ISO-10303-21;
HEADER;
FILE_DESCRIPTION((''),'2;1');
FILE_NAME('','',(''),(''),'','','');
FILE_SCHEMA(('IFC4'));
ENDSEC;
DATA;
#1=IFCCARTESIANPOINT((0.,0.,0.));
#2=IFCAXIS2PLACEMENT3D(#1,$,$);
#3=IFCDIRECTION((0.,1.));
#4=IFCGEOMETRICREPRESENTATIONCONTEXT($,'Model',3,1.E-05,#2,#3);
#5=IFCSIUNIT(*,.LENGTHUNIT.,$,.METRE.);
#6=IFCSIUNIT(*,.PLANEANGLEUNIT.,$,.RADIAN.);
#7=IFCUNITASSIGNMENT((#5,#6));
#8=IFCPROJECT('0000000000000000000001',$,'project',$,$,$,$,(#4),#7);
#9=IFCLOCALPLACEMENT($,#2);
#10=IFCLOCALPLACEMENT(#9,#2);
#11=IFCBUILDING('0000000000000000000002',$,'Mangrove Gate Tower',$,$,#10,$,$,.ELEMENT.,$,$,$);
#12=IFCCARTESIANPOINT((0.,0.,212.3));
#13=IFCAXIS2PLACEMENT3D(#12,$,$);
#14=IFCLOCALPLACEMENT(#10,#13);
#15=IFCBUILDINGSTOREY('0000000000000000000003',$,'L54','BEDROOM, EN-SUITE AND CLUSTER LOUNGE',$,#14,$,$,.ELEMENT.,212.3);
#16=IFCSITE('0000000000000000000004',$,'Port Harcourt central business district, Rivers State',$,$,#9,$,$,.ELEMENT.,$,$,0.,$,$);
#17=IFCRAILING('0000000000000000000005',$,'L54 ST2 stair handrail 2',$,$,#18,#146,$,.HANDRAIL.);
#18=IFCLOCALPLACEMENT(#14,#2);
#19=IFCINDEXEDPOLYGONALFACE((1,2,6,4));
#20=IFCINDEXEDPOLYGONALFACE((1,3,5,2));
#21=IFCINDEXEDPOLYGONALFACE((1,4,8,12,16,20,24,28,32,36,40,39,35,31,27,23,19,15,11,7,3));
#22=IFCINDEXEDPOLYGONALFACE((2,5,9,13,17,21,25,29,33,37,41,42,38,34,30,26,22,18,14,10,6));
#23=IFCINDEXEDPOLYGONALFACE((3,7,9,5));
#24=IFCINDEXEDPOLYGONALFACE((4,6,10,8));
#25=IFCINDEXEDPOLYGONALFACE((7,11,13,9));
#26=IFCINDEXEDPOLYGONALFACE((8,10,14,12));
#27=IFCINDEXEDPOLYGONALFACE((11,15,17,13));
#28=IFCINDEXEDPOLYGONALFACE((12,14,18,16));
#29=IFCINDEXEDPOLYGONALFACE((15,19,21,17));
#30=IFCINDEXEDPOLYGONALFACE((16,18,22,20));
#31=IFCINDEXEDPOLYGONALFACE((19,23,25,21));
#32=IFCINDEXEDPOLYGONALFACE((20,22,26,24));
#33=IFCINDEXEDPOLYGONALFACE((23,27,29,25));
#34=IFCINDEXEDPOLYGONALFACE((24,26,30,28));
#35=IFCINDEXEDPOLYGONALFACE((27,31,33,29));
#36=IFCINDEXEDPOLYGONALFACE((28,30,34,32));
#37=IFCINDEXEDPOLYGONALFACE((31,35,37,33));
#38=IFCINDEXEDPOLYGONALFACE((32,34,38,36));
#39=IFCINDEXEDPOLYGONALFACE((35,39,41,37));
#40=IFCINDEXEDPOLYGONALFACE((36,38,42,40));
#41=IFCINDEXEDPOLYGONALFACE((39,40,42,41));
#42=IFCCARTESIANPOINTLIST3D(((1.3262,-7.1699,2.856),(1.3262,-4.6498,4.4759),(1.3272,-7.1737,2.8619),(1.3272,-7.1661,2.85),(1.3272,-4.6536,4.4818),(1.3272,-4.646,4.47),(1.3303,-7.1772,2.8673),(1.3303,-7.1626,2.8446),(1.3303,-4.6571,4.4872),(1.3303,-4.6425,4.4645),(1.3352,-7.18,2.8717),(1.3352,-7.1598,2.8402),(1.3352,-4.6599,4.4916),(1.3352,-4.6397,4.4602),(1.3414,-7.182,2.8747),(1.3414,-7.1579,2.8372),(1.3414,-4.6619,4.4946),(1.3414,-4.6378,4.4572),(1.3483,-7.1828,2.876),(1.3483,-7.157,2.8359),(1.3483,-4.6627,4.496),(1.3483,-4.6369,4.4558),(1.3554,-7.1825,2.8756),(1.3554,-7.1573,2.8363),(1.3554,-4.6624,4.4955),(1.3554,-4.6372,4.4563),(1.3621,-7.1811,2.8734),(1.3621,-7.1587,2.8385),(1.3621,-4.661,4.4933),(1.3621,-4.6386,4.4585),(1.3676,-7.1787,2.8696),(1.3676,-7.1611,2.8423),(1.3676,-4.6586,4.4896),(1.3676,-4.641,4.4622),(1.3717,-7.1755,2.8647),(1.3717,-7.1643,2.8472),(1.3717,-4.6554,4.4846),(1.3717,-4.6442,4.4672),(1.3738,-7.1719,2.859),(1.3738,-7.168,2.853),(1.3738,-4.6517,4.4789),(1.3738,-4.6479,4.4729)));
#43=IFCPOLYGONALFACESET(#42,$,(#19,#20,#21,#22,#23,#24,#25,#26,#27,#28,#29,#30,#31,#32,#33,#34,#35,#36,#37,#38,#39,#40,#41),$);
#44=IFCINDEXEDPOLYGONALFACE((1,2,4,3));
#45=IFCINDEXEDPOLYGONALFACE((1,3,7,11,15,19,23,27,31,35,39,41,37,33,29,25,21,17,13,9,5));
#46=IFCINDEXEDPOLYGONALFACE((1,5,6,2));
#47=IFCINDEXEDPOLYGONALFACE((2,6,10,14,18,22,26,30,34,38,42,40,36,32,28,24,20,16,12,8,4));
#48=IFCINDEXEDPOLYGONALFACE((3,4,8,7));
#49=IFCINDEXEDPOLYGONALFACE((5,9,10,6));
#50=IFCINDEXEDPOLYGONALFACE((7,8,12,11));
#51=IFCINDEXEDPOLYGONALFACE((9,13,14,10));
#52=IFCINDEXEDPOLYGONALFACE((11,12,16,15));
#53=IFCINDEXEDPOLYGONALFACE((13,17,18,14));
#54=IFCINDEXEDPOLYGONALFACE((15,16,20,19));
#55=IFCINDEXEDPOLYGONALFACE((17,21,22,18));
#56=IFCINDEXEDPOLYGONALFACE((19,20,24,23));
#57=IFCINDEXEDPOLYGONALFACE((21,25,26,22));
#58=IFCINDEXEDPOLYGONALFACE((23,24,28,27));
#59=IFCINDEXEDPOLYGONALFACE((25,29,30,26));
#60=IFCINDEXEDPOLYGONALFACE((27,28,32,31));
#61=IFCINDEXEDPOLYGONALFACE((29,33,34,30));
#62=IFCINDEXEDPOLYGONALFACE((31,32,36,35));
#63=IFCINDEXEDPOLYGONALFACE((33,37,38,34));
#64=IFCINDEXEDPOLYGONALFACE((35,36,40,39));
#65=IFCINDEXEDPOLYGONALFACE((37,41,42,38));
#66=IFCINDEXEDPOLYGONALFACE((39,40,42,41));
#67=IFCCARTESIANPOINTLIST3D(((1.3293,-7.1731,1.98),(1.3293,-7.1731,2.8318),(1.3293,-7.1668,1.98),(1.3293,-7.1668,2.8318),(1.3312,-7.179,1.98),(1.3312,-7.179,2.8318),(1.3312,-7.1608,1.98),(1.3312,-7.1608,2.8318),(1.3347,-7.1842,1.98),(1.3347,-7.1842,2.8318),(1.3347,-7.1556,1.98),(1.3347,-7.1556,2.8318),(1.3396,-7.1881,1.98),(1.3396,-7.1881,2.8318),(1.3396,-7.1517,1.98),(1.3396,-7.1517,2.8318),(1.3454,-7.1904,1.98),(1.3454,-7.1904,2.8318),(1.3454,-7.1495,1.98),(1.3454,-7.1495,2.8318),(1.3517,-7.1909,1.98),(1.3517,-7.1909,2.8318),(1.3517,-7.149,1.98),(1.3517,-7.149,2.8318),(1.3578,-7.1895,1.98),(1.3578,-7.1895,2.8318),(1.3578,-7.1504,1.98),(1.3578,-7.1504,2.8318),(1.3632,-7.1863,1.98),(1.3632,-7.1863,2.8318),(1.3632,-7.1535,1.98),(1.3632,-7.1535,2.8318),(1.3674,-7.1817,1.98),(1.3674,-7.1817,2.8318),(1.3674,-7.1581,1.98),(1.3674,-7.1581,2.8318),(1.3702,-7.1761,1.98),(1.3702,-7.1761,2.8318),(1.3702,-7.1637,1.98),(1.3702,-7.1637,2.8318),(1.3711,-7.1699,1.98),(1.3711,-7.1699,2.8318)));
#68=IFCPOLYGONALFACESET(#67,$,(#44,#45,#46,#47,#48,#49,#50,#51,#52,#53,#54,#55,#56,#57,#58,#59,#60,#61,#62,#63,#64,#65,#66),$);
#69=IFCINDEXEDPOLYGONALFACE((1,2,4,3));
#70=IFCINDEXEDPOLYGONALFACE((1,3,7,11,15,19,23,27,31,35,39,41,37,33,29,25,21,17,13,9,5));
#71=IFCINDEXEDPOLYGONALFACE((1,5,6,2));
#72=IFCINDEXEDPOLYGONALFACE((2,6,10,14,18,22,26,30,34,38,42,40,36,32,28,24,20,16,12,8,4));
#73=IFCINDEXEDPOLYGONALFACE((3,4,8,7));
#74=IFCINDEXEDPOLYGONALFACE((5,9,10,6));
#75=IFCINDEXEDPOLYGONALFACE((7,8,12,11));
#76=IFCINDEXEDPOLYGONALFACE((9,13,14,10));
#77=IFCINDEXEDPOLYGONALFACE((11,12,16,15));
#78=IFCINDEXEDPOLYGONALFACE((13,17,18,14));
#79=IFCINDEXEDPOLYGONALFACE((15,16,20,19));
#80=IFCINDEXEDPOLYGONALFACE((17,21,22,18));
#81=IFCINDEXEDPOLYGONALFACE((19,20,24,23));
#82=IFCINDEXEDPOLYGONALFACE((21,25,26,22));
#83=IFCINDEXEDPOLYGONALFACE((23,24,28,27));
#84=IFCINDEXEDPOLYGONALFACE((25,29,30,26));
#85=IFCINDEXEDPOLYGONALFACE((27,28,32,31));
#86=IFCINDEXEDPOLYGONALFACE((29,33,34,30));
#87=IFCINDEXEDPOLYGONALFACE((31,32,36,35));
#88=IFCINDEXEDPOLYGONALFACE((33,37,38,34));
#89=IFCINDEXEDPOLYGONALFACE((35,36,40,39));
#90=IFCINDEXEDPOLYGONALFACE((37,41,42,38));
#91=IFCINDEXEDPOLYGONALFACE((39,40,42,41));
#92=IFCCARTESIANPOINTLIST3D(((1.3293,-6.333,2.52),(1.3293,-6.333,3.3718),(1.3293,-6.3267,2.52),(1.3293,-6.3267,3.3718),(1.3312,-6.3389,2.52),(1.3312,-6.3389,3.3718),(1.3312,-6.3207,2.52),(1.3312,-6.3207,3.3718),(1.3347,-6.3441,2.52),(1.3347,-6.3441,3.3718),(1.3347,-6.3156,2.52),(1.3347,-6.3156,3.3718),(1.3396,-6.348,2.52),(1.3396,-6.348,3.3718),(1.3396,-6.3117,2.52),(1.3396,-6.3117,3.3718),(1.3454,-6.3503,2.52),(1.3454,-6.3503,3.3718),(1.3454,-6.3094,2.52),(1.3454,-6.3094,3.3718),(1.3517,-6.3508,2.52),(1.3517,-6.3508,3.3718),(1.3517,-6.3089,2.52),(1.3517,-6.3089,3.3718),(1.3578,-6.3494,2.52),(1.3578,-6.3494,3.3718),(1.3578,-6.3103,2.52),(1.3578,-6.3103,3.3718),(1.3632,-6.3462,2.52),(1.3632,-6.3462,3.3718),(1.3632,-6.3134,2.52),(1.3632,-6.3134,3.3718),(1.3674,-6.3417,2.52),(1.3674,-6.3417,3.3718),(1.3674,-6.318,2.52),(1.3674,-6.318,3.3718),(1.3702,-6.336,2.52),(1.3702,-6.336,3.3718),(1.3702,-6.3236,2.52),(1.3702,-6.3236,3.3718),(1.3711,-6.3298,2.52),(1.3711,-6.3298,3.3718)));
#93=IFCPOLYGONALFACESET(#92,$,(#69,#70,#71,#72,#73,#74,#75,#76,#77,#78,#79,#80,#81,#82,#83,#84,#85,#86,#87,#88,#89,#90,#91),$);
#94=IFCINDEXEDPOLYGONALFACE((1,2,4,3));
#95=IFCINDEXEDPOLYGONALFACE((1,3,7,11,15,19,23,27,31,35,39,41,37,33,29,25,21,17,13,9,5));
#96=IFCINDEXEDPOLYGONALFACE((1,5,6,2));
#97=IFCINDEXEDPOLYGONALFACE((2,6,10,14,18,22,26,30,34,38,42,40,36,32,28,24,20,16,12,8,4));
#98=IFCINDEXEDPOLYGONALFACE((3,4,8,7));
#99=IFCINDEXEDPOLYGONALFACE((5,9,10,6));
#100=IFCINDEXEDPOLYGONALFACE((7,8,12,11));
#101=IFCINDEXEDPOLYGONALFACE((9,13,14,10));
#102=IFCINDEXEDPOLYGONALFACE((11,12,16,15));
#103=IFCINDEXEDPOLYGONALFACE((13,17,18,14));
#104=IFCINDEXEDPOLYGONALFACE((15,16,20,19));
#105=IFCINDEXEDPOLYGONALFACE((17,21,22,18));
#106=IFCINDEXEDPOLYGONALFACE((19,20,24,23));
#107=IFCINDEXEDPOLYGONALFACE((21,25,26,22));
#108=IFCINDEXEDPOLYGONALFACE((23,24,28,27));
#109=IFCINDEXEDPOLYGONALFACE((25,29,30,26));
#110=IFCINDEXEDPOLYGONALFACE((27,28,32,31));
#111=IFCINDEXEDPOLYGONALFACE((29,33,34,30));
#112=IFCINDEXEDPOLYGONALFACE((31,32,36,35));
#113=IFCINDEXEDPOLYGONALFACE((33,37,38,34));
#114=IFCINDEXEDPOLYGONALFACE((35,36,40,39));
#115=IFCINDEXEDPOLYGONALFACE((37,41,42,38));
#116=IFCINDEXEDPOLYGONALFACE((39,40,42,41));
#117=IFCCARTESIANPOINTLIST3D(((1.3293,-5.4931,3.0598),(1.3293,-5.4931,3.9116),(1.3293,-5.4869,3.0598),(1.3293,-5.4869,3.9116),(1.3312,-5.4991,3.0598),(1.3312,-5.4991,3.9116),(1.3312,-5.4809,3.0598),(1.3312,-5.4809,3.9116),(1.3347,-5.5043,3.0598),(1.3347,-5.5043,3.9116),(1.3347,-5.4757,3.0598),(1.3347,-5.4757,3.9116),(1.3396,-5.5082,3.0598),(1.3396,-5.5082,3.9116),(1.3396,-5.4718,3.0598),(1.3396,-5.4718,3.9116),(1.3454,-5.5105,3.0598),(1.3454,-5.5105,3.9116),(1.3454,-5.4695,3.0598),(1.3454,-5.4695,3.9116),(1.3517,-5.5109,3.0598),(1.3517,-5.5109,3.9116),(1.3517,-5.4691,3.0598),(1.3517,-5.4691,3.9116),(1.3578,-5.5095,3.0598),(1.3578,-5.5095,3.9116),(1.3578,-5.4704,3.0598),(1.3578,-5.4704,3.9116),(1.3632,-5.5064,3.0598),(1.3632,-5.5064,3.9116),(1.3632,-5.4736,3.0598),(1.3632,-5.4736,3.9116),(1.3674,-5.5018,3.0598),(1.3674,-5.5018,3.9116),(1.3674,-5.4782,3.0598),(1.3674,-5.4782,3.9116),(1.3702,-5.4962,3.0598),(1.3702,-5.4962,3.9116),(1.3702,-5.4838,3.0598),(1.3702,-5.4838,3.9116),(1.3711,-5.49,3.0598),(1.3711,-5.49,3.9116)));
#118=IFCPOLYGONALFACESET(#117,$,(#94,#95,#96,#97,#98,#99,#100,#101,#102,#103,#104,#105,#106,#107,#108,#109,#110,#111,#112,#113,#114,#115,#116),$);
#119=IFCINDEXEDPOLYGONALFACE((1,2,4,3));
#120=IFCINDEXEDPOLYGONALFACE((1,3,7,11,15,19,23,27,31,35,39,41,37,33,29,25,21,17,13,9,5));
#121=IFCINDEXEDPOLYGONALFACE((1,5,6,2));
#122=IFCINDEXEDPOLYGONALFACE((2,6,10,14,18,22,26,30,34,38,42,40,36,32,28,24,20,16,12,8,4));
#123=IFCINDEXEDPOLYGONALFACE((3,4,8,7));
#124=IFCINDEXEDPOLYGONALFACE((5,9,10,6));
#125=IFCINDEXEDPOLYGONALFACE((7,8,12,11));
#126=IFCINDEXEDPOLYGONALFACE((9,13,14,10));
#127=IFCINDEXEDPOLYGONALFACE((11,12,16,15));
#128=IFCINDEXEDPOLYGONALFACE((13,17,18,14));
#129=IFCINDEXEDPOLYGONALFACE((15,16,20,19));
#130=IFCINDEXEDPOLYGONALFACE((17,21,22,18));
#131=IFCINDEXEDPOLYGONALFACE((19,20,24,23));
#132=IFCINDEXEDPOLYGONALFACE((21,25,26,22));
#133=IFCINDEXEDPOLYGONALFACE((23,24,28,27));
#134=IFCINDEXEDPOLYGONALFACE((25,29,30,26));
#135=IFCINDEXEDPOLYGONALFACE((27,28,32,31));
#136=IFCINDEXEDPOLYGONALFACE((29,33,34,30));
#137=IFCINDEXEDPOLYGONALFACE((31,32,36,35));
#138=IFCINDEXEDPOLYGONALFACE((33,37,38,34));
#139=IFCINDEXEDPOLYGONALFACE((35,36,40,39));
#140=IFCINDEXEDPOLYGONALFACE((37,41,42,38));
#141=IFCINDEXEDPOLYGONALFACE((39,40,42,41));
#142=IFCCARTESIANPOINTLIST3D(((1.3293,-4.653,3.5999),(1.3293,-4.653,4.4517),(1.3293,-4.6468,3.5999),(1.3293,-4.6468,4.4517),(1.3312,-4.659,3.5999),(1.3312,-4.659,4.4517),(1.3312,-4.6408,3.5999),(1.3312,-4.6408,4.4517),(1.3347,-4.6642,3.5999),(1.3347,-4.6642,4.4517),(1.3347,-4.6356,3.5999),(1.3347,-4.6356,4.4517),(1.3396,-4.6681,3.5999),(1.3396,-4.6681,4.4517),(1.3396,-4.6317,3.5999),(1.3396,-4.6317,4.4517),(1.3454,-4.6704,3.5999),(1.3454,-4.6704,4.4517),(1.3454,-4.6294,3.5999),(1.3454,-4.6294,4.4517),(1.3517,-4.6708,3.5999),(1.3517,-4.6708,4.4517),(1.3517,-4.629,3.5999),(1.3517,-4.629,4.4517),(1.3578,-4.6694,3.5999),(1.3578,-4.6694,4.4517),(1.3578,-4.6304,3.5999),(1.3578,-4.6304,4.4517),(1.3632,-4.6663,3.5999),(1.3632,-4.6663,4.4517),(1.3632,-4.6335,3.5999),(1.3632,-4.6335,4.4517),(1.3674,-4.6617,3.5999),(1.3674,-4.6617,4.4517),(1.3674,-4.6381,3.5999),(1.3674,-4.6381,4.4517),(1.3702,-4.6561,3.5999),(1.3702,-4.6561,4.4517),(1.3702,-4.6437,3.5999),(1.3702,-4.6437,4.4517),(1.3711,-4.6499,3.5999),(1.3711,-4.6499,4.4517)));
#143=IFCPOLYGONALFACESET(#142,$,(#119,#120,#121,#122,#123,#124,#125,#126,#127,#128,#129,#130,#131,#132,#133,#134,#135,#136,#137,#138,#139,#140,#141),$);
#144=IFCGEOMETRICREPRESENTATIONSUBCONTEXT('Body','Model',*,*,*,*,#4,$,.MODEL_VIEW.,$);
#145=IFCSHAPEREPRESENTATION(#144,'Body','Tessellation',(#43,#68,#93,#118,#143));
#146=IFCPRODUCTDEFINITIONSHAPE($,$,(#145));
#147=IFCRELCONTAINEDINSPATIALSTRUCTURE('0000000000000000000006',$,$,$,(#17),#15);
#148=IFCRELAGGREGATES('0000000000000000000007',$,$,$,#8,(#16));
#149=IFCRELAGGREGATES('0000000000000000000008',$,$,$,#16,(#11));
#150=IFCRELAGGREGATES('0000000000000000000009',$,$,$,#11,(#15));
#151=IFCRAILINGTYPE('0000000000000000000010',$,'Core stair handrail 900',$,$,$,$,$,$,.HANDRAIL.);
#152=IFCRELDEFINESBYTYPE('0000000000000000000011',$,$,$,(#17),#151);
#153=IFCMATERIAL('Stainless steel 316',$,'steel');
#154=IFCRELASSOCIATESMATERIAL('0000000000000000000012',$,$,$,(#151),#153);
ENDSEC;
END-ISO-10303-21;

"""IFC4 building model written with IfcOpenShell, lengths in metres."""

from ifc_helpers import new_model, si_unit, direction, frame, origin, origin_2d, place, context, subcontext, project, spatial, circle, extrude, material, type_object, element, save


model = new_model("IFC4")

# Units and contexts
model_context = context("Model", 3, precision=1e-05, world=origin(), true_north=direction((0.0, 1.0)))
body_context = subcontext(model_context, "Body", "Model", "MODEL_VIEW")
ifc_project = project(units=[si_unit("LENGTHUNIT", "METRE"), si_unit("PLANEANGLEUNIT", "RADIAN")], contexts=[model_context])

# Site, building, storey
site_placement = place(None, origin())
site = spatial("IfcSite", under=ifc_project, at=site_placement, Name="Port Harcourt central business district, Rivers State", CompositionType="ELEMENT", RefElevation=0.0)
building_placement = place(site_placement, origin())
building = spatial("IfcBuilding", under=site, at=building_placement, Name="Mangrove Gate Tower", CompositionType="ELEMENT")
storey_placement = place(building_placement, frame((0.0, 0.0, 212.3)))
storey = spatial("IfcBuildingStorey", under=building, at=storey_placement, Name="L54", Description="BEDROOM, EN-SUITE AND CLUSTER LOUNGE", CompositionType="ELEMENT", Elevation=212.3)

# Railing
ifc_material_1 = material(Name="Stainless steel 316", Category="steel")
railing_type_1 = type_object("IfcRailingType", Name="Core stair handrail 900", PredefinedType="HANDRAIL", material=ifc_material_1)
railing_1_placement = place(storey_placement, frame((1.3501, -7.1699, 1.98)))
element("IfcRailing", 1, at=railing_1_placement, inside=storey, type_object=railing_type_1, Name="L54 ST2 stair handrail 2", PredefinedType="HANDRAIL", context=body_context, shape_type="SweptSolid", body=[
    extrude(circle(Radius=0.0239, at=origin_2d()), frame((0.0, 0.0, 0.876), z_axis=(0.0, 0.8412, 0.540725), x_axis=(-1.0, 0.0, 0.0)), (0.0, 0.0, 1.0), 2.9958),
    extrude(circle(Radius=0.021, at=origin_2d()), origin(), (0.0, 0.0, 1.0), 0.8518),
    extrude(circle(Radius=0.021, at=origin_2d()), frame((0.0, 0.8401, 0.54)), (0.0, 0.0, 1.0), 0.8518),
    extrude(circle(Radius=0.021, at=origin_2d()), frame((0.0, 1.6799, 1.0798)), (0.0, 0.0, 1.0), 0.8518),
    extrude(circle(Radius=0.021, at=origin_2d()), frame((0.0, 2.52, 1.6199)), (0.0, 0.0, 1.0), 0.8518),
])

save(model, "model.ifc")
